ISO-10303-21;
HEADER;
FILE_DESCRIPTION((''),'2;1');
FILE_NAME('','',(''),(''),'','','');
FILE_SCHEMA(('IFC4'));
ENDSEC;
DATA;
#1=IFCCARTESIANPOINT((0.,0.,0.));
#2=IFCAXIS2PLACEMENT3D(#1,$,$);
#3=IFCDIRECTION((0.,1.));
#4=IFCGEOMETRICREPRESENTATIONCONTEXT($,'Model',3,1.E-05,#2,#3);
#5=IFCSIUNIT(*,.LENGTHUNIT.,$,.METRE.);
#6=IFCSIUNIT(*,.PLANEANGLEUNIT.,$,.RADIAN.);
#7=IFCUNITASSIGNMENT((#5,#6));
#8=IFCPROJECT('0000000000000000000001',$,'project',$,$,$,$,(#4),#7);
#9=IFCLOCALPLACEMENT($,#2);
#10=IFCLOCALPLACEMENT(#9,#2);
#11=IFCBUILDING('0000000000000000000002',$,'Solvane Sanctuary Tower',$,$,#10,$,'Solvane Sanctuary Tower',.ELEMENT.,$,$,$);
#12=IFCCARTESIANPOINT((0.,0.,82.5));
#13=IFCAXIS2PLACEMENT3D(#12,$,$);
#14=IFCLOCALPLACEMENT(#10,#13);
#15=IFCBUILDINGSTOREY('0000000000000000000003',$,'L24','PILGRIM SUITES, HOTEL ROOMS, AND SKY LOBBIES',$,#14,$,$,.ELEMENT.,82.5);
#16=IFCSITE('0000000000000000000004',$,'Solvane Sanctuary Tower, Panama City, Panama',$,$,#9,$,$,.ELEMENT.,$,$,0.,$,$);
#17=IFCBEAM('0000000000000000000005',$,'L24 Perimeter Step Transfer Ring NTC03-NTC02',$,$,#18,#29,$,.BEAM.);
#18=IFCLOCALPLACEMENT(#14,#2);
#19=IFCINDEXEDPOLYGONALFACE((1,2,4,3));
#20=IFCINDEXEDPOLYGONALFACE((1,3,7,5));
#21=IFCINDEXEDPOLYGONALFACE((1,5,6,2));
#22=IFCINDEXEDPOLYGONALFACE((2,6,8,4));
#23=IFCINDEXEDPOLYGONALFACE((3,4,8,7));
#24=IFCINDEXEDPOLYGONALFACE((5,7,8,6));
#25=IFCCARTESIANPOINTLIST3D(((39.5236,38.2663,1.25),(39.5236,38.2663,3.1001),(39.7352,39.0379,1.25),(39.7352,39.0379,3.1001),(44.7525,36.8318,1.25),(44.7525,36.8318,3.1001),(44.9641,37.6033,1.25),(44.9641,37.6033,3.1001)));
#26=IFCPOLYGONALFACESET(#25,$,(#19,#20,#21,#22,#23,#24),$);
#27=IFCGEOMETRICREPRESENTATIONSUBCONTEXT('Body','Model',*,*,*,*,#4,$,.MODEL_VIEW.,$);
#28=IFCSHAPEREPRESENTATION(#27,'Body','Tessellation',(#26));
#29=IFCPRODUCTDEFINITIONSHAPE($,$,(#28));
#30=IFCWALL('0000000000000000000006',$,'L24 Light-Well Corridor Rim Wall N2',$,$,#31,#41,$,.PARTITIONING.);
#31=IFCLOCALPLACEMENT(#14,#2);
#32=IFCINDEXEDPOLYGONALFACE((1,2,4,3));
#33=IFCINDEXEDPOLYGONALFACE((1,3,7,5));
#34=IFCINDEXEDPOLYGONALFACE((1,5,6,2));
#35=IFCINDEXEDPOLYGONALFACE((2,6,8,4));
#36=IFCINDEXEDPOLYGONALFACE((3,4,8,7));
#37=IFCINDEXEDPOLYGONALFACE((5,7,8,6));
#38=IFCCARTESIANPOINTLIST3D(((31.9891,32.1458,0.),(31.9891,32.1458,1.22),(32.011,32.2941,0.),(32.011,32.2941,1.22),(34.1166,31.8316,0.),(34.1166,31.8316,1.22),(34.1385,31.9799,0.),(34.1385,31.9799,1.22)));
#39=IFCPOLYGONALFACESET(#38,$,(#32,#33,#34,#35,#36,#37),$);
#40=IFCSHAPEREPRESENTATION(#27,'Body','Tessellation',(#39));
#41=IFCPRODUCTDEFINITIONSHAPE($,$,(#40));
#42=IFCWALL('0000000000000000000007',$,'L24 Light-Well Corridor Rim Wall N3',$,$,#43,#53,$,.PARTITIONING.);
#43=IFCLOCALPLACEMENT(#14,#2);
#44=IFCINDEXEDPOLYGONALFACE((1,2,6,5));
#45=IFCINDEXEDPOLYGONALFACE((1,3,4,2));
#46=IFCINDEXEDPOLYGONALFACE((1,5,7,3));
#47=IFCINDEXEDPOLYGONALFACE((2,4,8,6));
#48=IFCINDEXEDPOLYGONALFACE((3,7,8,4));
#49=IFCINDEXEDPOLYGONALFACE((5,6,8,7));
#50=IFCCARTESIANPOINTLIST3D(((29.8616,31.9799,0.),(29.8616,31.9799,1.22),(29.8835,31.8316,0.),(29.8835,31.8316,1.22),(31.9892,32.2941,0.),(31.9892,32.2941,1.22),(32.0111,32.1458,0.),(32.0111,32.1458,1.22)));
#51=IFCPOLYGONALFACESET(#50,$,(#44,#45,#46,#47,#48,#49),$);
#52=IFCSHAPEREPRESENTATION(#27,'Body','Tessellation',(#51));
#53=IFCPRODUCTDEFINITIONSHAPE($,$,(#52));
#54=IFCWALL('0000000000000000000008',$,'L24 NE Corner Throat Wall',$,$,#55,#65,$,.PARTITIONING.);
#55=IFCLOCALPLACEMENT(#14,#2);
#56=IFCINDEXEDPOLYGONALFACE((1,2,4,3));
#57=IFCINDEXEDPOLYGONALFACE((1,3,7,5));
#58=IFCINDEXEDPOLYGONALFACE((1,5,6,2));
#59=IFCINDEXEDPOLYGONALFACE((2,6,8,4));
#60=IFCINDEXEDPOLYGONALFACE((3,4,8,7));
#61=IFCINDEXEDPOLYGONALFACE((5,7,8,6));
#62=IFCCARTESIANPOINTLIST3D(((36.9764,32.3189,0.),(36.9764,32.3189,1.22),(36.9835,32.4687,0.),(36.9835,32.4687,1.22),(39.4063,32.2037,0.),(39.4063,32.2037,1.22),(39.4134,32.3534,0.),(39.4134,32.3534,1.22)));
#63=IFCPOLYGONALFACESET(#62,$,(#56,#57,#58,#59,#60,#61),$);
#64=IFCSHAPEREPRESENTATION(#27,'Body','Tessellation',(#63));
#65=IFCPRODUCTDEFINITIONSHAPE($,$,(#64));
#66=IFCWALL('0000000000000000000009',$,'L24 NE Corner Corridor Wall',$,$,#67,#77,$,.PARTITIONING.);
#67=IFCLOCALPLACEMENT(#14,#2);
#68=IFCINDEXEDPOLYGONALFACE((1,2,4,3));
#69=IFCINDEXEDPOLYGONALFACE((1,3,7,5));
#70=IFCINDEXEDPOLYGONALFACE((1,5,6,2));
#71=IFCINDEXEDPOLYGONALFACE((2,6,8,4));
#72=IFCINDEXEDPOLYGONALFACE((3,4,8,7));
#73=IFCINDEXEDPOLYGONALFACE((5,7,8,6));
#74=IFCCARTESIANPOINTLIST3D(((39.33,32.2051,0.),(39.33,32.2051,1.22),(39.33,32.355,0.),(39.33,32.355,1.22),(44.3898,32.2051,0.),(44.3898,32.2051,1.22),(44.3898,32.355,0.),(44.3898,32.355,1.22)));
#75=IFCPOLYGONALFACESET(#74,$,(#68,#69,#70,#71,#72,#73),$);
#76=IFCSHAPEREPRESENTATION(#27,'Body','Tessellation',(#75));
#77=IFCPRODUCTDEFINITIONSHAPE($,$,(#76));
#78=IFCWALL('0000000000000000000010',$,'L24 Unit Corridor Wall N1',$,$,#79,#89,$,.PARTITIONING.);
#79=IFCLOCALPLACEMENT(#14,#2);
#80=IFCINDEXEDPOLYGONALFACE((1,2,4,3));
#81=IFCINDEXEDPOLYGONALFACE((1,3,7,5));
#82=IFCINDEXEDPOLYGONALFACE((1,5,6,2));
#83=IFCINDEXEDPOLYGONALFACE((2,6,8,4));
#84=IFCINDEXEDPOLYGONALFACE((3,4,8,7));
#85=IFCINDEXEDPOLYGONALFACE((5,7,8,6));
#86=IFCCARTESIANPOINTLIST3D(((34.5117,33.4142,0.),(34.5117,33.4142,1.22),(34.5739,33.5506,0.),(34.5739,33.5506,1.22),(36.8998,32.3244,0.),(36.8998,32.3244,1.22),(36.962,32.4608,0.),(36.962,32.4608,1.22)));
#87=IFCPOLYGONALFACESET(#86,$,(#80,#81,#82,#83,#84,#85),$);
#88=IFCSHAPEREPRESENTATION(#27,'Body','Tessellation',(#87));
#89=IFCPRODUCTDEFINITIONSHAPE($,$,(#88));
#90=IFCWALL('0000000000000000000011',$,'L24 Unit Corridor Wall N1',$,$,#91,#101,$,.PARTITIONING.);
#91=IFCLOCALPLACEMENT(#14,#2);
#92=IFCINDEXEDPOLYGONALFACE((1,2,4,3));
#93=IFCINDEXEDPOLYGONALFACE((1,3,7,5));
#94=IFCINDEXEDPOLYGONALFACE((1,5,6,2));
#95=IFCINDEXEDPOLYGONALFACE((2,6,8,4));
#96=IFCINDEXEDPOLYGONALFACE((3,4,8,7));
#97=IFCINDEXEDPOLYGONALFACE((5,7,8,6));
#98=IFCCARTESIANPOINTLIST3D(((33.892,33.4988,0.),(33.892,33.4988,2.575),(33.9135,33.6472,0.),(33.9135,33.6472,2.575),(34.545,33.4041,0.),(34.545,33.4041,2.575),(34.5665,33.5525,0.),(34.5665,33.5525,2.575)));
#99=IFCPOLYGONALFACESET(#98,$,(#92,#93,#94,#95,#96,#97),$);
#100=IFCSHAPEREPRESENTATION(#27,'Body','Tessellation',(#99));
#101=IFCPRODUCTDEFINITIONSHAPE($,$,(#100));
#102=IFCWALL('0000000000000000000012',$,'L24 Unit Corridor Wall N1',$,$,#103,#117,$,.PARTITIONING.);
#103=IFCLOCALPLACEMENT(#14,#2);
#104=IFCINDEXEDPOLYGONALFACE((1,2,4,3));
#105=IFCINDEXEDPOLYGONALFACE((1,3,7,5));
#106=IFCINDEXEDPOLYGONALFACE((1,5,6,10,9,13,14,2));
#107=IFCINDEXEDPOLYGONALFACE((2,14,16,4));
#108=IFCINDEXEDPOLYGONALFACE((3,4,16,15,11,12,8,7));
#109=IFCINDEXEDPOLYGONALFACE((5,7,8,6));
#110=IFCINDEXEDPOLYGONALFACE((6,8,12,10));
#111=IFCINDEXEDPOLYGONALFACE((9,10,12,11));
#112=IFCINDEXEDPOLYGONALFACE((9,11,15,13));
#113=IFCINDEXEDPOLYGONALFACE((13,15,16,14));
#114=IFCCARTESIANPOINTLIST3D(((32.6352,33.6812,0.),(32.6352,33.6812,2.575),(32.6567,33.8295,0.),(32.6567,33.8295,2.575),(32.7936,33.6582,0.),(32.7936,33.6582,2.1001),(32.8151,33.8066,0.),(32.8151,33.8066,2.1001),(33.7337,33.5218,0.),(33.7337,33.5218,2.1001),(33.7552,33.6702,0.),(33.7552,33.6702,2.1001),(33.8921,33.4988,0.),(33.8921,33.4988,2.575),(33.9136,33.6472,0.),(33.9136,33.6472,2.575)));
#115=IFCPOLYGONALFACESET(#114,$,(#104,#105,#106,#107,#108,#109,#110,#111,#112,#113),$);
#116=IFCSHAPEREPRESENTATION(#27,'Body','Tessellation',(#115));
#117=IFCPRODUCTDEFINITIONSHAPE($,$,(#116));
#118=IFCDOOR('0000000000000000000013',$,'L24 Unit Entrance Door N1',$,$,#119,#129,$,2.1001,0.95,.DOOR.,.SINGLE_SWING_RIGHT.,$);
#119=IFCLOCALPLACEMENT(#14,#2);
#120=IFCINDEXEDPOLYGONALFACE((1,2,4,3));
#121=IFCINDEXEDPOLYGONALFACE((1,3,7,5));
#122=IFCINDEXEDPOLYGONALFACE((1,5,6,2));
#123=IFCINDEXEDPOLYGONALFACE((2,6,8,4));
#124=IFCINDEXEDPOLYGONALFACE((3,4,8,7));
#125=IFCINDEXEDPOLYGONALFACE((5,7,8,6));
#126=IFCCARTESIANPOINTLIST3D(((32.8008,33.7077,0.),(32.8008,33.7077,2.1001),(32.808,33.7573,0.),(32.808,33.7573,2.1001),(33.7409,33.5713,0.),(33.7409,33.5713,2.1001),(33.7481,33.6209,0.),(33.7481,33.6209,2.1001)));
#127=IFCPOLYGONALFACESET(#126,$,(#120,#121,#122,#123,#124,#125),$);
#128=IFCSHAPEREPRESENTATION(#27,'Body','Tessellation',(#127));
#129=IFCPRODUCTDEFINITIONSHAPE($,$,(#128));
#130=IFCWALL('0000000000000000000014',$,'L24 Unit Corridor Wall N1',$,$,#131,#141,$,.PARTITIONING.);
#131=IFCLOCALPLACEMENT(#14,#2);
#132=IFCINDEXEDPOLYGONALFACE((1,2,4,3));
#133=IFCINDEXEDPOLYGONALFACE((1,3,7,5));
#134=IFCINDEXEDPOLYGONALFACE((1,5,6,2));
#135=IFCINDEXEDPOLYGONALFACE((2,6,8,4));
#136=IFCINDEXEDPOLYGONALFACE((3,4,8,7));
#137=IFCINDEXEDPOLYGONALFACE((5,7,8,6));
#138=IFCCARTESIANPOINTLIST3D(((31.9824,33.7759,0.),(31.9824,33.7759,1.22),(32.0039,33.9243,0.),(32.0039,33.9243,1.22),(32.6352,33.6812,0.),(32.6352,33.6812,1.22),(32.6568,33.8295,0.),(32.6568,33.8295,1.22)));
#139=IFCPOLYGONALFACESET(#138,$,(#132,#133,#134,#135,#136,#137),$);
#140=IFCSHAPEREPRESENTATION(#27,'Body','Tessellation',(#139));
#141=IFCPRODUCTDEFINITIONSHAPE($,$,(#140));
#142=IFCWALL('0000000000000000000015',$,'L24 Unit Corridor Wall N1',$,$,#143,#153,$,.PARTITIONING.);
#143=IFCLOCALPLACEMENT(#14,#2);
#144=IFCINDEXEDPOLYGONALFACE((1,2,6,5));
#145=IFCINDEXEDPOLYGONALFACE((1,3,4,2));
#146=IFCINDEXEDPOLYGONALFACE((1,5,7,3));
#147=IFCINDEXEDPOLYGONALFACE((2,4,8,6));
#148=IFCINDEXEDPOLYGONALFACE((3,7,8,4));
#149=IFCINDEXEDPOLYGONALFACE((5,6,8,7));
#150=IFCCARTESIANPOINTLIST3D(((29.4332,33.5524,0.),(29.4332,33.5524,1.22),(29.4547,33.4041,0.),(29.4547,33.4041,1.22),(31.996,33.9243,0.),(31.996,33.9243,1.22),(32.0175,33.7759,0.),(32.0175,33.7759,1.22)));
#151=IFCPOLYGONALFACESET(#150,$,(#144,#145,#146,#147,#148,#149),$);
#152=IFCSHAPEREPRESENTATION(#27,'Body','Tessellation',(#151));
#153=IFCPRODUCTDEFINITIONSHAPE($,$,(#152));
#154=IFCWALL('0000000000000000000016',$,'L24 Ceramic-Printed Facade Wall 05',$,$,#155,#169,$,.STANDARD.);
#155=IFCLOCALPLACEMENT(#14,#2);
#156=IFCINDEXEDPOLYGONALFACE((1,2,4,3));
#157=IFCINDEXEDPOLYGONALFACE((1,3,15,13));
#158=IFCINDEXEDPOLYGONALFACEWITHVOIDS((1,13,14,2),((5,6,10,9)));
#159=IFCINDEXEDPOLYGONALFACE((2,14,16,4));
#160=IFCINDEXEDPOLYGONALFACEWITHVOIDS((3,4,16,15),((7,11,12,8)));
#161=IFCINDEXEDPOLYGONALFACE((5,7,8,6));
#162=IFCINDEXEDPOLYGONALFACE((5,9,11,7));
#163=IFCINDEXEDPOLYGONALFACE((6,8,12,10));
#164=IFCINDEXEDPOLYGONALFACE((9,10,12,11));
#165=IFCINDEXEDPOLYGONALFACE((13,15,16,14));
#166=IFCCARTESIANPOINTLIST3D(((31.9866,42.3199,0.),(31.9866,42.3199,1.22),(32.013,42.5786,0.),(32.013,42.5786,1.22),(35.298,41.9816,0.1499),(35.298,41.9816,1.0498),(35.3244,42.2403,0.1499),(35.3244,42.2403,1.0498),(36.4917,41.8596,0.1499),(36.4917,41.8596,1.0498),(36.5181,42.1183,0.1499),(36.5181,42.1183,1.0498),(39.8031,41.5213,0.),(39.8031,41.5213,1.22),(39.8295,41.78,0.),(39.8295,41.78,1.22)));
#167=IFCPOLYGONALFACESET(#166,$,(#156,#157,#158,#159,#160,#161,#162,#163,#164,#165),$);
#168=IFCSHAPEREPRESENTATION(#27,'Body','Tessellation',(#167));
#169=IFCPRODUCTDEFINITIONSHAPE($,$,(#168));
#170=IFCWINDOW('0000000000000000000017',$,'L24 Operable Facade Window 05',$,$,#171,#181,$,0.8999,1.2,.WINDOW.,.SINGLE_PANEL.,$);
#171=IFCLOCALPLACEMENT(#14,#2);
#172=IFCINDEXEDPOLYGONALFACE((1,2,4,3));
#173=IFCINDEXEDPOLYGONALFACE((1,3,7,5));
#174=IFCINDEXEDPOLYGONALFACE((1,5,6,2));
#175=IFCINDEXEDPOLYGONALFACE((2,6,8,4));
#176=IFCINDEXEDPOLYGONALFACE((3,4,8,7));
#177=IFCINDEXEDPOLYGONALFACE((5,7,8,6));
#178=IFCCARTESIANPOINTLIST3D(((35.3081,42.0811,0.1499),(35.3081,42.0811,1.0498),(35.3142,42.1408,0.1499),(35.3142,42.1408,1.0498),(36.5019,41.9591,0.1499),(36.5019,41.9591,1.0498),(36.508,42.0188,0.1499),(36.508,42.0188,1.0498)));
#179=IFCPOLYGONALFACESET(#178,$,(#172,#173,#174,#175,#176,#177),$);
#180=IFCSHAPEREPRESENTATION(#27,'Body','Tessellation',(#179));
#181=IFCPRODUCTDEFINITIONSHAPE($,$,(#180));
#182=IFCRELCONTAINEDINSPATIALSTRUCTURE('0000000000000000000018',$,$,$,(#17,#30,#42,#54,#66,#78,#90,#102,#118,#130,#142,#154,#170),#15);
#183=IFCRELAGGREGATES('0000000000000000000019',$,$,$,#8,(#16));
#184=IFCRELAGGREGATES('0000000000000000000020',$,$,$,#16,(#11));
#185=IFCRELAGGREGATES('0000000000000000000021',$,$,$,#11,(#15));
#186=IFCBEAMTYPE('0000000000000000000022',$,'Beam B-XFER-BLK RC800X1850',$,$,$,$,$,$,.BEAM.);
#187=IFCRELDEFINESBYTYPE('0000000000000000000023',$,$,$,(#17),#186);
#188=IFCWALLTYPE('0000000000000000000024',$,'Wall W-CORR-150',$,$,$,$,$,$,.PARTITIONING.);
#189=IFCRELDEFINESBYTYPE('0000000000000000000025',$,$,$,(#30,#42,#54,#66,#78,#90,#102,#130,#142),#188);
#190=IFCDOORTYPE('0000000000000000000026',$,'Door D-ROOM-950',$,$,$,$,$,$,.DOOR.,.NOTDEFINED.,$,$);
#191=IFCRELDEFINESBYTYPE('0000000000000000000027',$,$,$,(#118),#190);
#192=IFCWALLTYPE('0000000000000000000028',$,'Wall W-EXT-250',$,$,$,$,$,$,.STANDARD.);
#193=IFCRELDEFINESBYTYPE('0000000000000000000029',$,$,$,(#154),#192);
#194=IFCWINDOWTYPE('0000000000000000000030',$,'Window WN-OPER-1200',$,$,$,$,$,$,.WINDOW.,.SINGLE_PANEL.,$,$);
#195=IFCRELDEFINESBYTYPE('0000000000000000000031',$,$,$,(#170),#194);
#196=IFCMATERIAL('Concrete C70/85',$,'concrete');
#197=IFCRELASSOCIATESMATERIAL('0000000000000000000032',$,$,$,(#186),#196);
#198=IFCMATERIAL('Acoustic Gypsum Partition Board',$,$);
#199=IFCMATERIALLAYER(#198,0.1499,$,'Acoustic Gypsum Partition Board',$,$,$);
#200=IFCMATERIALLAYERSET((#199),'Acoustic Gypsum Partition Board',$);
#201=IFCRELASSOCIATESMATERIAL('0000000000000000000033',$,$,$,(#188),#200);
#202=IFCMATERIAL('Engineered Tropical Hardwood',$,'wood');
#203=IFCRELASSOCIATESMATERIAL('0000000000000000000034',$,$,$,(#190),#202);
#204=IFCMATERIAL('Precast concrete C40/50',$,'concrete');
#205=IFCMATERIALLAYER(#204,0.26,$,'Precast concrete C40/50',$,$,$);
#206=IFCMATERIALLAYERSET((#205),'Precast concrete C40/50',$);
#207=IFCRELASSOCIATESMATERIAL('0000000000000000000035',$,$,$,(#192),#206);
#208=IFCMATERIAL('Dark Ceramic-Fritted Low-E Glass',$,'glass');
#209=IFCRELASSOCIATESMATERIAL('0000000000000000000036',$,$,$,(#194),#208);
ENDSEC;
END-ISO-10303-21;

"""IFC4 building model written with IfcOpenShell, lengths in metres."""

from ifc_helpers import new_model, si_unit, direction, frame, frame_2d, origin, origin_2d, place, context, subcontext, project, spatial, rectangle, extrude, material, layer, layer_set, material_profile, profile_set, type_object, element, fill, save


model = new_model("IFC4")

# Units and contexts
model_context = context("Model", 3, precision=1e-05, world=origin(), true_north=direction((0.0, 1.0)))
body_context = subcontext(model_context, "Body", "Model", "MODEL_VIEW")
ifc_project = project(units=[si_unit("LENGTHUNIT", "METRE"), si_unit("PLANEANGLEUNIT", "RADIAN")], contexts=[model_context])

# Site, building, storey
site_placement = place(None, origin())
site = spatial("IfcSite", under=ifc_project, at=site_placement, Name="Solvane Sanctuary Tower, Panama City, Panama", CompositionType="ELEMENT", RefElevation=0.0)
building_placement = place(site_placement, origin())
building = spatial("IfcBuilding", under=site, at=building_placement, Name="Solvane Sanctuary Tower", LongName="Solvane Sanctuary Tower", CompositionType="ELEMENT")
storey_placement = place(building_placement, frame((0.0, 0.0, 82.5)))
storey = spatial("IfcBuildingStorey", under=building, at=storey_placement, Name="L24", Description="PILGRIM SUITES, HOTEL ROOMS, AND SKY LOBBIES", CompositionType="ELEMENT", Elevation=82.5)

# Beam
ifc_material_1 = material(Name="Concrete C70/85", Category="concrete")
ifc_material_profile_1 = material_profile(ifc_material_1, rectangle(XDim=0.8, YDim=1.8501, at=origin_2d()), Name="RC800X1850")
ifc_profile_set_1 = profile_set([ifc_material_profile_1], Name="Concrete C70/85")
beam_type_1 = type_object("IfcBeamType", Name="Beam B-XFER-BLK RC800X1850", PredefinedType="BEAM", material=ifc_profile_set_1)
beam_1_placement = place(storey_placement, frame((39.6294, 38.6521, 2.175), z_axis=(0.964366, -0.264572, 0.0), x_axis=(0.264572, 0.964366, 0.0)))
element("IfcBeam", 1, at=beam_1_placement, inside=storey, type_object=beam_type_1, Name="L24 Perimeter Step Transfer Ring NTC03-NTC02", PredefinedType="BEAM", context=body_context, shape_type="SweptSolid", body=[
    extrude(rectangle(XDim=0.8, YDim=1.8501, at=origin_2d()), origin(), (0.0, 0.0, 1.0), 5.4221),
])

# Walls
ifc_material_2 = material(Name="Acoustic Gypsum Partition Board")
ifc_layer_1 = layer(ifc_material_2, 0.1499, Name="Acoustic Gypsum Partition Board")
ifc_layer_set_1 = layer_set([ifc_layer_1], Name="Acoustic Gypsum Partition Board")
wall_type_1 = type_object("IfcWallType", Name="Wall W-CORR-150", PredefinedType="PARTITIONING", material=ifc_layer_set_1)
for number, where, z_axis, x_axis, name in (
    (2, (34.1274, 31.9058, 0.0), (0.0, 0.0, 1.0), (-0.989269, 0.146108, 0.0), "L24 Light-Well Corridor Rim Wall N2"),
    (3, (32.0, 32.22, 0.0), (0.0, 0.0, 1.0), (-0.989269, -0.146108, 0.0), "L24 Light-Well Corridor Rim Wall N3"),
):
    element("IfcWall", number, at=place(storey_placement, frame(where, z_axis=z_axis, x_axis=x_axis)), inside=storey, type_object=wall_type_1, Name=name, PredefinedType="PARTITIONING", context=body_context, shape_type="SweptSolid", body=[
        extrude(rectangle(XDim=2.1506, YDim=0.1499, at=frame_2d((1.0752, 0.0))), origin(), (0.0, 0.0, 1.0), 1.22),
    ])
wall_1_placement = place(storey_placement, frame((36.98, 32.3938, 0.0), z_axis=(0.0, 0.0, 1.0), x_axis=(0.998877, -0.04737, 0.0)))
element("IfcWall", 4, at=wall_1_placement, inside=storey, type_object=wall_type_1, Name="L24 NE Corner Throat Wall", PredefinedType="PARTITIONING", context=body_context, shape_type="SweptSolid", body=[
    extrude(rectangle(XDim=2.4326, YDim=0.1499, at=frame_2d((1.2163, 0.0))), origin(), (0.0, 0.0, 1.0), 1.22),
])
wall_2_placement = place(storey_placement, frame((39.3301, 32.28, 0.0), z_axis=(0.0, 0.0, 1.0), x_axis=(1.0, 0.0, 0.0)))
element("IfcWall", 5, at=wall_2_placement, inside=storey, type_object=wall_type_1, Name="L24 NE Corner Corridor Wall", PredefinedType="PARTITIONING", context=body_context, shape_type="SweptSolid", body=[
    extrude(rectangle(XDim=5.0598, YDim=0.1499, at=frame_2d((2.5298, 0.0))), origin(), (0.0, 0.0, 1.0), 1.22),
])
wall_3_placement = place(storey_placement, frame((36.9309, 32.3926, 0.0), z_axis=(0.0, 0.0, 1.0), x_axis=(-0.909748, 0.415162, 0.0)))
element("IfcWall", 6, at=wall_3_placement, inside=storey, type_object=wall_type_1, Name="L24 Unit Corridor Wall N1", PredefinedType="PARTITIONING", context=body_context, shape_type="SweptSolid", body=[
    extrude(rectangle(XDim=2.625, YDim=0.1499, at=frame_2d((1.3125, 0.0))), origin(), (0.0, 0.0, 1.0), 1.22),
])
wall_4_placement = place(storey_placement, frame((34.5559, 33.4783, 0.0), z_axis=(0.0, 0.0, 1.0), x_axis=(-0.989644, 0.143545, 0.0)))
element("IfcWall", 7, at=wall_4_placement, inside=storey, type_object=wall_type_1, Name="L24 Unit Corridor Wall N1", PredefinedType="PARTITIONING", context=body_context, shape_type="SweptSolid", body=[
    extrude(rectangle(XDim=0.6599, YDim=0.1499, at=frame_2d((0.3301, 0.0))), origin(), (0.0, 0.0, 1.0), 2.575),
])

# Wall, opening, door
wall_5_placement = place(storey_placement, frame((33.9028, 33.573, 0.0), z_axis=(0.0, 0.0, 1.0), x_axis=(-0.989636, 0.143601, 0.0)))
wall_5 = element("IfcWall", 8, at=wall_5_placement, inside=storey, type_object=wall_type_1, Name="L24 Unit Corridor Wall N1", PredefinedType="PARTITIONING", context=body_context, shape_type="SweptSolid", body=[
    extrude(rectangle(XDim=1.27, YDim=0.1499, at=frame_2d((0.635, 0.0))), origin(), (0.0, 0.0, 1.0), 2.575),
])
opening_1_placement = place(wall_5_placement, frame((0.1599, 0.0, 0.0)))
opening_1 = element("IfcOpeningElement", 9, at=opening_1_placement, cuts=wall_5, PredefinedType="OPENING", context=body_context, shape_type="SweptSolid", body=[
    extrude(rectangle(XDim=0.95, YDim=2.1001, at=frame_2d((0.4751, 1.05))), frame((0.0, 0.085, 0.0), z_axis=(0.0, -1.0, 0.0), x_axis=(1.0, 0.0, 0.0)), (0.0, 0.0, 1.0), 0.1699),
])
ifc_material_3 = material(Name="Engineered Tropical Hardwood", Category="wood")
door_type = type_object("IfcDoorType", Name="Door D-ROOM-950", OperationType="NOTDEFINED", PredefinedType="DOOR", material=ifc_material_3)
door_placement = place(opening_1_placement, origin())
door = element("IfcDoor", 10, at=door_placement, inside=storey, type_object=door_type, Name="L24 Unit Entrance Door N1", OperationType="SINGLE_SWING_RIGHT", OverallHeight=2.1001, OverallWidth=0.95, PredefinedType="DOOR", context=body_context, shape_type="SweptSolid", body=[
    extrude(rectangle(XDim=0.95, YDim=2.1001, at=frame_2d((0.4751, 1.05))), frame((0.0, 0.0249, 0.0), z_axis=(0.0, -1.0, 0.0), x_axis=(1.0, 0.0, 0.0)), (0.0, 0.0, 1.0), 0.05),
])
fill(opening_1, door)

# Walls
wall_6_placement = place(storey_placement, frame((32.646, 33.7554, 0.0), z_axis=(0.0, 0.0, 1.0), x_axis=(-0.989636, 0.143597, 0.0)))
element("IfcWall", 11, at=wall_6_placement, inside=storey, type_object=wall_type_1, Name="L24 Unit Corridor Wall N1", PredefinedType="PARTITIONING", context=body_context, shape_type="SweptSolid", body=[
    extrude(rectangle(XDim=0.6597, YDim=0.1499, at=frame_2d((0.3298, 0.0))), origin(), (0.0, 0.0, 1.0), 1.22),
])
wall_7_placement = place(storey_placement, frame((32.0068, 33.8501, 0.0), z_axis=(0.0, 0.0, 1.0), x_axis=(-0.989638, -0.143586, 0.0)))
element("IfcWall", 12, at=wall_7_placement, inside=storey, type_object=wall_type_1, Name="L24 Unit Corridor Wall N1", PredefinedType="PARTITIONING", context=body_context, shape_type="SweptSolid", body=[
    extrude(rectangle(XDim=2.5896, YDim=0.1499, at=frame_2d((1.2949, 0.0))), origin(), (0.0, 0.0, 1.0), 1.22),
])

# Wall, opening, window
ifc_material_4 = material(Name="Precast concrete C40/50", Category="concrete")
ifc_layer_2 = layer(ifc_material_4, 0.26, Name="Precast concrete C40/50")
ifc_layer_set_2 = layer_set([ifc_layer_2], Name="Precast concrete C40/50")
wall_type_2 = type_object("IfcWallType", Name="Wall W-EXT-250", PredefinedType="STANDARD", material=ifc_layer_set_2)
wall_8_placement = place(storey_placement, frame((39.8164, 41.6506, 0.0), z_axis=(0.0, 0.0, 1.0), x_axis=(-0.994821, 0.101639, 0.0)))
wall_8 = element("IfcWall", 13, at=wall_8_placement, inside=storey, type_object=wall_type_2, Name="L24 Ceramic-Printed Facade Wall 05", PredefinedType="STANDARD", context=body_context, shape_type="SweptSolid", body=[
    extrude(rectangle(XDim=7.8572, YDim=0.26, at=frame_2d((3.9287, 0.0))), origin(), (0.0, 0.0, 1.0), 1.22),
])
opening_2_placement = place(wall_8_placement, frame((3.3286, 0.0, 0.1499)))
opening_2 = element("IfcOpeningElement", 14, at=opening_2_placement, cuts=wall_8, PredefinedType="OPENING", context=body_context, shape_type="SweptSolid", body=[
    extrude(rectangle(XDim=1.2, YDim=0.8999, at=frame_2d((0.6001, 0.45))), frame((0.0, 0.1399, 0.0), z_axis=(0.0, -1.0, 0.0), x_axis=(1.0, 0.0, 0.0)), (0.0, 0.0, 1.0), 0.28),
])
ifc_material_5 = material(Name="Dark Ceramic-Fritted Low-E Glass", Category="glass")
window_type = type_object("IfcWindowType", Name="Window WN-OPER-1200", PartitioningType="SINGLE_PANEL", PredefinedType="WINDOW", material=ifc_material_5)
window_1_placement = place(opening_2_placement, origin())
window_1 = element("IfcWindow", 15, at=window_1_placement, inside=storey, type_object=window_type, Name="L24 Operable Facade Window 05", OverallHeight=0.8999, OverallWidth=1.2, PartitioningType="SINGLE_PANEL", PredefinedType="WINDOW", context=body_context, shape_type="SweptSolid", body=[
    extrude(rectangle(XDim=1.2, YDim=0.8999, at=frame_2d((0.6001, 0.45))), frame((0.0, 0.03, 0.0), z_axis=(0.0, -1.0, 0.0), x_axis=(1.0, 0.0, 0.0)), (0.0, 0.0, 1.0), 0.0601),
])
fill(opening_2, window_1)

save(model, "model.ifc")
